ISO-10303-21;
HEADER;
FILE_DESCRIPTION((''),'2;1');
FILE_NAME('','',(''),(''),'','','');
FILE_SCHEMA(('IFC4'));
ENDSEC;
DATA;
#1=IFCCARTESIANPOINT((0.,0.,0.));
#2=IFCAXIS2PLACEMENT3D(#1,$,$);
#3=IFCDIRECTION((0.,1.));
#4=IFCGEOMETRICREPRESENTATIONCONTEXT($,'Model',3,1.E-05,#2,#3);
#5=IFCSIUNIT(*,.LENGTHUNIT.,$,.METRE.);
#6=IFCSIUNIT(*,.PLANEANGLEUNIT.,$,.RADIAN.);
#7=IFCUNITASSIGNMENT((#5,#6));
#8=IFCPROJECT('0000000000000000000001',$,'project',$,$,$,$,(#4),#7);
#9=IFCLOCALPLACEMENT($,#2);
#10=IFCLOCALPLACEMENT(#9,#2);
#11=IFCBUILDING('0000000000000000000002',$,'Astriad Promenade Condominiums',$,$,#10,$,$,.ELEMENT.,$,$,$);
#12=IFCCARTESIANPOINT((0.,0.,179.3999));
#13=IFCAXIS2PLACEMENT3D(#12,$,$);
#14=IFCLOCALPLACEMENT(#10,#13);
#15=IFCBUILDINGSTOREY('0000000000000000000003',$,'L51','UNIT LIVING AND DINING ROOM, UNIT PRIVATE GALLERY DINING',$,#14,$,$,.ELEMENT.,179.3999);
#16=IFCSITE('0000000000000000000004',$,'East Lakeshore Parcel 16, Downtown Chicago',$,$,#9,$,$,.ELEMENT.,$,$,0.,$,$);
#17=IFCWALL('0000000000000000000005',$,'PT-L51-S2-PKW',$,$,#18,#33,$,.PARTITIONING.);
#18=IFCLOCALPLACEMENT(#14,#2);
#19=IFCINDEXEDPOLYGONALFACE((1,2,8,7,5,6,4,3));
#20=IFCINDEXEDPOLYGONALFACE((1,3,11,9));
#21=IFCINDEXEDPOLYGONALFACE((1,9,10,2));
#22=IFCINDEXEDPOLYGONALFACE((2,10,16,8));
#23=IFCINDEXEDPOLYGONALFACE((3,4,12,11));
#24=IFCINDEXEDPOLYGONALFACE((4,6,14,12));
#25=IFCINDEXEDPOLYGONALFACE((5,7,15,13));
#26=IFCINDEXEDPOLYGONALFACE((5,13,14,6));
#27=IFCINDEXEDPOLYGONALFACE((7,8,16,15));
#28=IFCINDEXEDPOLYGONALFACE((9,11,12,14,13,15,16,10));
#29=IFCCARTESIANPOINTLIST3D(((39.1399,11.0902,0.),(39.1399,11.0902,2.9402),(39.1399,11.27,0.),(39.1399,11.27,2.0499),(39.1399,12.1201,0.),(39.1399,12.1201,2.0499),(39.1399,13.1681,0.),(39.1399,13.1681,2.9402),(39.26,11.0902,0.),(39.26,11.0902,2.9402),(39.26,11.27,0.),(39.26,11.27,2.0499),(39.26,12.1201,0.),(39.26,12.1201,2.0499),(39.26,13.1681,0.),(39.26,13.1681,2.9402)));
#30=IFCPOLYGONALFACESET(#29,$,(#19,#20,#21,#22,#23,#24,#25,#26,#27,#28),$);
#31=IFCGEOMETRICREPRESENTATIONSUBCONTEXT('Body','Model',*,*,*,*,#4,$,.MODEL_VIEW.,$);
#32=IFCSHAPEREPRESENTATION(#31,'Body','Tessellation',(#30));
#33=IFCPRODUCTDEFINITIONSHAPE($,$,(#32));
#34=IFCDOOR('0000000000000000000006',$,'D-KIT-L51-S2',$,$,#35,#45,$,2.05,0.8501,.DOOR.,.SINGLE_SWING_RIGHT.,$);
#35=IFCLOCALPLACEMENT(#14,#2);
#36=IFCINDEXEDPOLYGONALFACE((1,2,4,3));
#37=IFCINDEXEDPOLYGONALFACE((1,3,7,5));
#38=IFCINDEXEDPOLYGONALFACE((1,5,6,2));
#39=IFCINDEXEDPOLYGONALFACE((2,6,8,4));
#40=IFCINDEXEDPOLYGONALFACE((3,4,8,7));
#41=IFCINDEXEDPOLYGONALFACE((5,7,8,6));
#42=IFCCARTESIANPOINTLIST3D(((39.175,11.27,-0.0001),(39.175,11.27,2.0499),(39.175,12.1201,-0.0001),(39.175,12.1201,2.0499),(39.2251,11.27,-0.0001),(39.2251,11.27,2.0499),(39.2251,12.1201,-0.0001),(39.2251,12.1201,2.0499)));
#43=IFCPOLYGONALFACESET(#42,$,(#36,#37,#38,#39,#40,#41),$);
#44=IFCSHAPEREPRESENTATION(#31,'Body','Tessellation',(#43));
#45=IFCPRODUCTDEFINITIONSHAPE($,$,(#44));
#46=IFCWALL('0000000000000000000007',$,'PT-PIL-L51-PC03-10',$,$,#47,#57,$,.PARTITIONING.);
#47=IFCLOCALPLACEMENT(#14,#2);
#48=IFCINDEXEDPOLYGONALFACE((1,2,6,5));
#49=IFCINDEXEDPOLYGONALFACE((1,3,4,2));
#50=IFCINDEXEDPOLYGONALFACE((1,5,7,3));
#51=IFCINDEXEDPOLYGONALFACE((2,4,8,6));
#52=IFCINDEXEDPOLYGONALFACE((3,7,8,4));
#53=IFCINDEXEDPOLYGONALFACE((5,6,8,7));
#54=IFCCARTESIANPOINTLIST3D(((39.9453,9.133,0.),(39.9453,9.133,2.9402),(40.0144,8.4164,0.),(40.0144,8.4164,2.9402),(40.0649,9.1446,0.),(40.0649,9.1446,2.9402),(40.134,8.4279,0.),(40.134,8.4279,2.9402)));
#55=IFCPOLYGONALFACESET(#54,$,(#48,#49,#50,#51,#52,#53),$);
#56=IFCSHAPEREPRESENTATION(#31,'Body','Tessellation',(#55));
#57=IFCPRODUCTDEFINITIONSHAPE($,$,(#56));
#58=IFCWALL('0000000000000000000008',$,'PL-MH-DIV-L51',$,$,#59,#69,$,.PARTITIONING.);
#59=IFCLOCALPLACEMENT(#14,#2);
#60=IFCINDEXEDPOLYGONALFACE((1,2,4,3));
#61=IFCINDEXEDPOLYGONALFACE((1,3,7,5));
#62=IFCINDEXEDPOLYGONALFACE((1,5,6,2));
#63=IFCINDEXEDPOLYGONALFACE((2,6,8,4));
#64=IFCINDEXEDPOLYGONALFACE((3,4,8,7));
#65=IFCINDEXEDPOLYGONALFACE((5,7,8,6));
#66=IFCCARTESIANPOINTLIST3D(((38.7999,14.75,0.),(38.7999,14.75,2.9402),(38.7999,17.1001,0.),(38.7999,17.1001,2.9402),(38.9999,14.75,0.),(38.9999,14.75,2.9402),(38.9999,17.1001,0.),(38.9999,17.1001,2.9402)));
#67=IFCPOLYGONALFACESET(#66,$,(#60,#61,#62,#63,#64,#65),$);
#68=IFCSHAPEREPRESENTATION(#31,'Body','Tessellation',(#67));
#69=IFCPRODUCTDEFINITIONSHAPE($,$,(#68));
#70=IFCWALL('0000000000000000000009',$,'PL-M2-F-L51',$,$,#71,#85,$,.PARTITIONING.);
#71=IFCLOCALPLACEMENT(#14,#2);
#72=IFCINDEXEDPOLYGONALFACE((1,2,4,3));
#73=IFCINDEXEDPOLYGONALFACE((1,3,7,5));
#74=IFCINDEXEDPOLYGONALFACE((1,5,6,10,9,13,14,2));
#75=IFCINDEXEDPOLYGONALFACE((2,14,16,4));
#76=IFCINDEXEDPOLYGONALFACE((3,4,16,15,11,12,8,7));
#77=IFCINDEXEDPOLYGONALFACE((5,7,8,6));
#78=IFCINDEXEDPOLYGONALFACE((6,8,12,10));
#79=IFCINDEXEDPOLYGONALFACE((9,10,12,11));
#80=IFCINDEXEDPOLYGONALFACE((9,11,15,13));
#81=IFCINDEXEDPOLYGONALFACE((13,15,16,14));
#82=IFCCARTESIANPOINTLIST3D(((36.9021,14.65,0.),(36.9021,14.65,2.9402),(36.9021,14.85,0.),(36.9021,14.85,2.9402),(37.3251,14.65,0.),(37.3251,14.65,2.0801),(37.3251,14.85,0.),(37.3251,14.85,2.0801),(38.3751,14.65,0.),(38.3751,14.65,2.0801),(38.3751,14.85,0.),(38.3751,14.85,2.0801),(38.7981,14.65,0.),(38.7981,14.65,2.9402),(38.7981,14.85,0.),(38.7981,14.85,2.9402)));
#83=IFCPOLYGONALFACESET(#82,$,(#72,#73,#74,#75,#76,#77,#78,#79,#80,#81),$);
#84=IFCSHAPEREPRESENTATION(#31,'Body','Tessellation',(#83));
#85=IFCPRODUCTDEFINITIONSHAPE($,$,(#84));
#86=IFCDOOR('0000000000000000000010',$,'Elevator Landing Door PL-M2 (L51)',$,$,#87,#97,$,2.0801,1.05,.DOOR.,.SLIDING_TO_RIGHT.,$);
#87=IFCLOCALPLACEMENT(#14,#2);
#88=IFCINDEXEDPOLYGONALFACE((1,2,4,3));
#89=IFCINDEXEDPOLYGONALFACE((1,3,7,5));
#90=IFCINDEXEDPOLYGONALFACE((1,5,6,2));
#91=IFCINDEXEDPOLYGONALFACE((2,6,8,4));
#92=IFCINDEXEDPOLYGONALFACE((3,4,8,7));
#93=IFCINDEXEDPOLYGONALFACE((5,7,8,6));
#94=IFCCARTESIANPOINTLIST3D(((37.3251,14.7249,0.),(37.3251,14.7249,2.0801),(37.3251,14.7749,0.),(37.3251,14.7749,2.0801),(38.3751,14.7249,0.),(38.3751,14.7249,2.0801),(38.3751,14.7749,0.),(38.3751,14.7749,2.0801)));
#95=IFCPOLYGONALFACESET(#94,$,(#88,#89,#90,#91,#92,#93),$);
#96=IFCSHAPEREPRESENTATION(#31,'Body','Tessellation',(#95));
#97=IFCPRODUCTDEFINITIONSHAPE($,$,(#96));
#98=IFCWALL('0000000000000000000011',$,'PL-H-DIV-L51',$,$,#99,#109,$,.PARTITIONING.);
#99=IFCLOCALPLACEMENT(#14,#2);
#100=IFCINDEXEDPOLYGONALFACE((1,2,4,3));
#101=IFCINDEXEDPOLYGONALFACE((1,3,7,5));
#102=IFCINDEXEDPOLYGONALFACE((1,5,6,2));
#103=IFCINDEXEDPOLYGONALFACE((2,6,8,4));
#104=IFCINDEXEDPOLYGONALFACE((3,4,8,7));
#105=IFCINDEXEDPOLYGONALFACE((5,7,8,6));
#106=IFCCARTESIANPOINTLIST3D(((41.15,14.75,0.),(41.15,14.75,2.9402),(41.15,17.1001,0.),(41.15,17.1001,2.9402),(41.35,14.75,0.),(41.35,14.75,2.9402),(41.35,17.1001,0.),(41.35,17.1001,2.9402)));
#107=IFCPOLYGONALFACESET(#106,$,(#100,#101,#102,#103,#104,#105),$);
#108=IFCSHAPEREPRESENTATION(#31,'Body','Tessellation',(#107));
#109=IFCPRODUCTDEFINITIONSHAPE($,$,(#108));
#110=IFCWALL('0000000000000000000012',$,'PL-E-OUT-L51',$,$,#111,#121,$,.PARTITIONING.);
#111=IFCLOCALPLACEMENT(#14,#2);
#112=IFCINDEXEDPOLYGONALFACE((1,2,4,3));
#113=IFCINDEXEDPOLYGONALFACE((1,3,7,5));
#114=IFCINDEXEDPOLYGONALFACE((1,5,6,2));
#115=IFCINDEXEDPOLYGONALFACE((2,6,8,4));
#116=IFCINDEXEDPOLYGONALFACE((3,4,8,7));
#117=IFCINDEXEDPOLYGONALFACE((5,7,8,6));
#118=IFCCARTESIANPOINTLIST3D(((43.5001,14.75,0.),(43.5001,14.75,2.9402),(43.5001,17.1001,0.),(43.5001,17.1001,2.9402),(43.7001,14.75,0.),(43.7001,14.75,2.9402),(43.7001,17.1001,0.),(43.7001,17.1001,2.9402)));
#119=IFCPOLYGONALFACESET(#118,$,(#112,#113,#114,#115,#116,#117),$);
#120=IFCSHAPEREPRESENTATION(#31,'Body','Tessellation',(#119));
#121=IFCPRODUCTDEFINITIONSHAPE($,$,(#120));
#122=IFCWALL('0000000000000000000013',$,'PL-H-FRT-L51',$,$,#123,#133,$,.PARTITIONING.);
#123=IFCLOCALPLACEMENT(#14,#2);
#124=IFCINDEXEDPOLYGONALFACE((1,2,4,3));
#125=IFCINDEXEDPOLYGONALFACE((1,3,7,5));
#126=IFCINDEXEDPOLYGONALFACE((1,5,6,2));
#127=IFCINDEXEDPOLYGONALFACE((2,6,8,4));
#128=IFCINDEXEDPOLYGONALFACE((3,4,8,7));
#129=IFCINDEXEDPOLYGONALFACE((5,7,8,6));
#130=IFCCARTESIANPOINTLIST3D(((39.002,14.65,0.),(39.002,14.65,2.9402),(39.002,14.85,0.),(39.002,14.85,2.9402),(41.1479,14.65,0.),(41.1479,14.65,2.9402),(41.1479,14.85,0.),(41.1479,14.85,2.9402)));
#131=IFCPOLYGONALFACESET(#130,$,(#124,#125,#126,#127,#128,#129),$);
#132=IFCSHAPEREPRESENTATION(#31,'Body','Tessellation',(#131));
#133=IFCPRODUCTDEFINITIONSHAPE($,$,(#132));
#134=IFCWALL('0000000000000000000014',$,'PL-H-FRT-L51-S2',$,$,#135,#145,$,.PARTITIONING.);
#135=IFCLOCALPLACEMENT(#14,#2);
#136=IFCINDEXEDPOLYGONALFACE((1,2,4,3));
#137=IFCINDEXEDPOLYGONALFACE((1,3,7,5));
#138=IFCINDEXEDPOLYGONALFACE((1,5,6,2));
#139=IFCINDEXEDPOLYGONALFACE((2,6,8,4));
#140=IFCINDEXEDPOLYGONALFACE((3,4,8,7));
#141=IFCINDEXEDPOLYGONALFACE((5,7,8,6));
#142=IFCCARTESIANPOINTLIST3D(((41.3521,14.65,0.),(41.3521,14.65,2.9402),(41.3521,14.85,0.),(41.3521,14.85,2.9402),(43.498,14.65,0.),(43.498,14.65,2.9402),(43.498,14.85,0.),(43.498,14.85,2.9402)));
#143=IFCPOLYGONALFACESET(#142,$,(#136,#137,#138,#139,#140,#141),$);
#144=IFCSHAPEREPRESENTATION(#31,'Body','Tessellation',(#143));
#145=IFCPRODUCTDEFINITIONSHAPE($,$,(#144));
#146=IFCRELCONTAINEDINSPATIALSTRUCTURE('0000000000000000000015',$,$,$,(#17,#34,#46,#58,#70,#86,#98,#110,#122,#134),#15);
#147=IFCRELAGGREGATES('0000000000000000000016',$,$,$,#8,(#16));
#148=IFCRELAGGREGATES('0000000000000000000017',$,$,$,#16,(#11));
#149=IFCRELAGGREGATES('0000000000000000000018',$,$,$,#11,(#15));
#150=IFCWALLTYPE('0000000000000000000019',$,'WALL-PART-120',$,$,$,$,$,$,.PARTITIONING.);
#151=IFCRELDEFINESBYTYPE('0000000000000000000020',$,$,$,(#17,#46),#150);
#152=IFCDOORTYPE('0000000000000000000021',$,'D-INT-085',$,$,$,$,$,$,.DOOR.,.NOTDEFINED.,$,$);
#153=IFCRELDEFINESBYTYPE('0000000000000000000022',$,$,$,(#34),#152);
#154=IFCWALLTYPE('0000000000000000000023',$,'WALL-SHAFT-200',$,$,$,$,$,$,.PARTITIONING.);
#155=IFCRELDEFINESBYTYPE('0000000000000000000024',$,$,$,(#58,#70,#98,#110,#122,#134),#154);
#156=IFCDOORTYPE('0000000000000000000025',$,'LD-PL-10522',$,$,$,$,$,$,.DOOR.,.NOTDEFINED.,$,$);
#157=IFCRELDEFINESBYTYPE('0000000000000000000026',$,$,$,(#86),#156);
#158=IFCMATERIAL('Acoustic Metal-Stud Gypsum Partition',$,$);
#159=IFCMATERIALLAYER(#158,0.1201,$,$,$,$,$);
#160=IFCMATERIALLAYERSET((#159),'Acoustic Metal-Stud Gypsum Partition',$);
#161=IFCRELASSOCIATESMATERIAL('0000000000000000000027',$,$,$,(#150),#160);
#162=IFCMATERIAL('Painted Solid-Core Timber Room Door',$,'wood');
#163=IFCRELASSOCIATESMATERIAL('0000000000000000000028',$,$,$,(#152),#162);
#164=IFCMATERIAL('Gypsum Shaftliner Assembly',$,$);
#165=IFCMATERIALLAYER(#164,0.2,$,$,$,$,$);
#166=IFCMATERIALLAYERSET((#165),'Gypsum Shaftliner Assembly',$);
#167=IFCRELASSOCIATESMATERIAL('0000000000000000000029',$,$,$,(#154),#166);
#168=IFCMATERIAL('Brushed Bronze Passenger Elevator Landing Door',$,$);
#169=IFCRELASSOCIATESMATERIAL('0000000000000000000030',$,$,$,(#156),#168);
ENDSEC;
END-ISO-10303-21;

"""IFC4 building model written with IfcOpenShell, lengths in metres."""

from ifc_helpers import new_model, si_unit, direction, frame, frame_2d, origin, place, context, subcontext, project, spatial, rectangle, extrude, source, transform, mapped, material, layer, layer_set, type_object, type_shapes, element, fill, save


model = new_model("IFC4")

# Units and contexts
model_context = context("Model", 3, precision=1e-05, world=origin(), true_north=direction((0.0, 1.0)))
body_context = subcontext(model_context, "Body", "Model", "MODEL_VIEW")
ifc_project = project(units=[si_unit("LENGTHUNIT", "METRE"), si_unit("PLANEANGLEUNIT", "RADIAN")], contexts=[model_context])

# Site, building, storey
site_placement = place(None, origin())
site = spatial("IfcSite", under=ifc_project, at=site_placement, Name="East Lakeshore Parcel 16, Downtown Chicago", CompositionType="ELEMENT", RefElevation=0.0)
building_placement = place(site_placement, origin())
building = spatial("IfcBuilding", under=site, at=building_placement, Name="Astriad Promenade Condominiums", CompositionType="ELEMENT")
storey_placement = place(building_placement, frame((0.0, 0.0, 179.3999)))
storey = spatial("IfcBuildingStorey", under=building, at=storey_placement, Name="L51", Description="UNIT LIVING AND DINING ROOM, UNIT PRIVATE GALLERY DINING", CompositionType="ELEMENT", Elevation=179.3999)

# Shared definitions
ifc_material_1 = material(Name="Acoustic Metal-Stud Gypsum Partition")
ifc_layer_1 = layer(ifc_material_1, 0.1201)
ifc_layer_set_1 = layer_set([ifc_layer_1], Name="Acoustic Metal-Stud Gypsum Partition")
wall_type_1 = type_object("IfcWallType", Name="WALL-PART-120", PredefinedType="PARTITIONING", material=ifc_layer_set_1)

# Wall, opening, door
wall_1_placement = place(storey_placement, frame((39.2, 11.0901, 0.0), z_axis=(0.0, 0.0, 1.0), x_axis=(0.0, 1.0, 0.0)))
wall_1 = element("IfcWall", 1, at=wall_1_placement, inside=storey, type_object=wall_type_1, Name="PT-L51-S2-PKW", PredefinedType="PARTITIONING", context=body_context, shape_type="SweptSolid", body=[
    extrude(rectangle(XDim=2.0779, YDim=0.1201, at=frame_2d((1.0391, 0.0))), origin(), (0.0, 0.0, 1.0), 2.9402),
])
opening_1_placement = place(wall_1_placement, frame((0.1799, 0.0, 0.0)))
opening_1 = element("IfcOpeningElement", 2, at=opening_1_placement, cuts=wall_1, PredefinedType="OPENING", context=body_context, shape_type="SweptSolid", body=[
    extrude(rectangle(XDim=0.8501, YDim=2.05, at=frame_2d((0.425, 1.0249))), frame((0.0, 0.0701, 0.0), z_axis=(0.0, -1.0, 0.0), x_axis=(1.0, 0.0, 0.0)), (0.0, 0.0, 1.0), 0.1401),
])
ifc_material_2 = material(Name="Painted Solid-Core Timber Room Door", Category="wood")
door_type_1 = type_object("IfcDoorType", Name="D-INT-085", OperationType="NOTDEFINED", PredefinedType="DOOR", material=ifc_material_2)
shared_shape_1 = source(origin(), body_context, "Body", "SweptSolid", [
    extrude(rectangle(XDim=0.8501, YDim=2.05, at=frame_2d((0.425, 1.0249))), frame((0.0, 0.0249, 0.0), z_axis=(0.0, -1.0, 0.0), x_axis=(1.0, 0.0, 0.0)), (0.0, 0.0, 1.0), 0.05),
])
type_shapes(door_type_1, [shared_shape_1])
door_1_placement = place(opening_1_placement, origin())
door_1 = element("IfcDoor", 3, at=door_1_placement, inside=storey, type_object=door_type_1, Name="D-KIT-L51-S2", OperationType="SINGLE_SWING_RIGHT", OverallHeight=2.05, OverallWidth=0.8501, PredefinedType="DOOR", context=body_context, shape_type="MappedRepresentation", body=[
    mapped(shared_shape_1, transform((0.0, 0.0, 0.0), scale=1.0)),
])
fill(opening_1, door_1)

# Walls
wall_2_placement = place(storey_placement, frame((40.0051, 9.1387, 0.0), z_axis=(0.0, 0.0, 1.0), x_axis=(0.095977, -0.995384, 0.0)))
element("IfcWall", 4, at=wall_2_placement, inside=storey, type_object=wall_type_1, Name="PT-PIL-L51-PC03-10", PredefinedType="PARTITIONING", context=body_context, shape_type="SweptSolid", body=[
    extrude(rectangle(XDim=0.72, YDim=0.1201, at=frame_2d((0.3599, 0.0))), origin(), (0.0, 0.0, 1.0), 2.9402),
])
ifc_material_3 = material(Name="Gypsum Shaftliner Assembly")
ifc_layer_2 = layer(ifc_material_3, 0.2)
ifc_layer_set_2 = layer_set([ifc_layer_2], Name="Gypsum Shaftliner Assembly")
wall_type_2 = type_object("IfcWallType", Name="WALL-SHAFT-200", PredefinedType="PARTITIONING", material=ifc_layer_set_2)
wall_3_placement = place(storey_placement, frame((38.8999, 14.75, 0.0), z_axis=(0.0, 0.0, 1.0), x_axis=(0.0, 1.0, 0.0)))
element("IfcWall", 5, at=wall_3_placement, inside=storey, type_object=wall_type_2, Name="PL-MH-DIV-L51", PredefinedType="PARTITIONING", context=body_context, shape_type="SweptSolid", body=[
    extrude(rectangle(XDim=2.3501, YDim=0.2, at=frame_2d((1.175, 0.0))), origin(), (0.0, 0.0, 1.0), 2.9402),
])

# Wall, opening, door
wall_4_placement = place(storey_placement, frame((36.9021, 14.75, 0.0), z_axis=(0.0, 0.0, 1.0), x_axis=(1.0, 0.0, 0.0)))
wall_4 = element("IfcWall", 6, at=wall_4_placement, inside=storey, type_object=wall_type_2, Name="PL-M2-F-L51", PredefinedType="PARTITIONING", context=body_context, shape_type="SweptSolid", body=[
    extrude(rectangle(XDim=1.896, YDim=0.2, at=frame_2d((0.948, 0.0))), origin(), (0.0, 0.0, 1.0), 2.9402),
])
opening_2_placement = place(wall_4_placement, frame((0.4231, 0.0, 0.0)))
opening_2 = element("IfcOpeningElement", 7, at=opening_2_placement, cuts=wall_4, PredefinedType="OPENING", context=body_context, shape_type="SweptSolid", body=[
    extrude(rectangle(XDim=1.05, YDim=2.0801, at=frame_2d((0.5249, 1.04))), frame((0.0, 0.1099, 0.0), z_axis=(0.0, -1.0, 0.0), x_axis=(1.0, 0.0, 0.0)), (0.0, 0.0, 1.0), 0.22),
])
ifc_material_4 = material(Name="Brushed Bronze Passenger Elevator Landing Door")
door_type_2 = type_object("IfcDoorType", Name="LD-PL-10522", OperationType="NOTDEFINED", PredefinedType="DOOR", material=ifc_material_4)
shared_shape_2 = source(origin(), body_context, "Body", "SweptSolid", [
    extrude(rectangle(XDim=1.05, YDim=2.0801, at=frame_2d((0.5249, 1.04))), frame((0.0, 0.0249, 0.0), z_axis=(0.0, -1.0, 0.0), x_axis=(1.0, 0.0, 0.0)), (0.0, 0.0, 1.0), 0.05),
])
type_shapes(door_type_2, [shared_shape_2])
door_2_placement = place(opening_2_placement, origin())
door_2 = element("IfcDoor", 8, at=door_2_placement, inside=storey, type_object=door_type_2, Name="Elevator Landing Door PL-M2 (L51)", OperationType="SLIDING_TO_RIGHT", OverallHeight=2.0801, OverallWidth=1.05, PredefinedType="DOOR", context=body_context, shape_type="MappedRepresentation", body=[
    mapped(shared_shape_2, transform((0.0, 0.0, 0.0), scale=1.0)),
])
fill(opening_2, door_2)

# Walls
for number, where, z_axis, x_axis, name in (
    (9, (41.25, 14.75, 0.0), (0.0, 0.0, 1.0), (0.0, 1.0, 0.0), "PL-H-DIV-L51"),
    (10, (43.6001, 14.75, 0.0), (0.0, 0.0, 1.0), (0.0, 1.0, 0.0), "PL-E-OUT-L51"),
):
    element("IfcWall", number, at=place(storey_placement, frame(where, z_axis=z_axis, x_axis=x_axis)), inside=storey, type_object=wall_type_2, Name=name, PredefinedType="PARTITIONING", context=body_context, shape_type="SweptSolid", body=[
        extrude(rectangle(XDim=2.3501, YDim=0.2, at=frame_2d((1.175, 0.0))), origin(), (0.0, 0.0, 1.0), 2.9402),
    ])
for number, where, z_axis, x_axis, name in (
    (11, (39.002, 14.75, 0.0), (0.0, 0.0, 1.0), (1.0, 0.0, 0.0), "PL-H-FRT-L51"),
    (12, (41.3521, 14.75, 0.0), (0.0, 0.0, 1.0), (1.0, 0.0, 0.0), "PL-H-FRT-L51-S2"),
):
    element("IfcWall", number, at=place(storey_placement, frame(where, z_axis=z_axis, x_axis=x_axis)), inside=storey, type_object=wall_type_2, Name=name, PredefinedType="PARTITIONING", context=body_context, shape_type="SweptSolid", body=[
        extrude(rectangle(XDim=2.146, YDim=0.2, at=frame_2d((1.073, 0.0))), origin(), (0.0, 0.0, 1.0), 2.9402),
    ])

save(model, "model.ifc")
